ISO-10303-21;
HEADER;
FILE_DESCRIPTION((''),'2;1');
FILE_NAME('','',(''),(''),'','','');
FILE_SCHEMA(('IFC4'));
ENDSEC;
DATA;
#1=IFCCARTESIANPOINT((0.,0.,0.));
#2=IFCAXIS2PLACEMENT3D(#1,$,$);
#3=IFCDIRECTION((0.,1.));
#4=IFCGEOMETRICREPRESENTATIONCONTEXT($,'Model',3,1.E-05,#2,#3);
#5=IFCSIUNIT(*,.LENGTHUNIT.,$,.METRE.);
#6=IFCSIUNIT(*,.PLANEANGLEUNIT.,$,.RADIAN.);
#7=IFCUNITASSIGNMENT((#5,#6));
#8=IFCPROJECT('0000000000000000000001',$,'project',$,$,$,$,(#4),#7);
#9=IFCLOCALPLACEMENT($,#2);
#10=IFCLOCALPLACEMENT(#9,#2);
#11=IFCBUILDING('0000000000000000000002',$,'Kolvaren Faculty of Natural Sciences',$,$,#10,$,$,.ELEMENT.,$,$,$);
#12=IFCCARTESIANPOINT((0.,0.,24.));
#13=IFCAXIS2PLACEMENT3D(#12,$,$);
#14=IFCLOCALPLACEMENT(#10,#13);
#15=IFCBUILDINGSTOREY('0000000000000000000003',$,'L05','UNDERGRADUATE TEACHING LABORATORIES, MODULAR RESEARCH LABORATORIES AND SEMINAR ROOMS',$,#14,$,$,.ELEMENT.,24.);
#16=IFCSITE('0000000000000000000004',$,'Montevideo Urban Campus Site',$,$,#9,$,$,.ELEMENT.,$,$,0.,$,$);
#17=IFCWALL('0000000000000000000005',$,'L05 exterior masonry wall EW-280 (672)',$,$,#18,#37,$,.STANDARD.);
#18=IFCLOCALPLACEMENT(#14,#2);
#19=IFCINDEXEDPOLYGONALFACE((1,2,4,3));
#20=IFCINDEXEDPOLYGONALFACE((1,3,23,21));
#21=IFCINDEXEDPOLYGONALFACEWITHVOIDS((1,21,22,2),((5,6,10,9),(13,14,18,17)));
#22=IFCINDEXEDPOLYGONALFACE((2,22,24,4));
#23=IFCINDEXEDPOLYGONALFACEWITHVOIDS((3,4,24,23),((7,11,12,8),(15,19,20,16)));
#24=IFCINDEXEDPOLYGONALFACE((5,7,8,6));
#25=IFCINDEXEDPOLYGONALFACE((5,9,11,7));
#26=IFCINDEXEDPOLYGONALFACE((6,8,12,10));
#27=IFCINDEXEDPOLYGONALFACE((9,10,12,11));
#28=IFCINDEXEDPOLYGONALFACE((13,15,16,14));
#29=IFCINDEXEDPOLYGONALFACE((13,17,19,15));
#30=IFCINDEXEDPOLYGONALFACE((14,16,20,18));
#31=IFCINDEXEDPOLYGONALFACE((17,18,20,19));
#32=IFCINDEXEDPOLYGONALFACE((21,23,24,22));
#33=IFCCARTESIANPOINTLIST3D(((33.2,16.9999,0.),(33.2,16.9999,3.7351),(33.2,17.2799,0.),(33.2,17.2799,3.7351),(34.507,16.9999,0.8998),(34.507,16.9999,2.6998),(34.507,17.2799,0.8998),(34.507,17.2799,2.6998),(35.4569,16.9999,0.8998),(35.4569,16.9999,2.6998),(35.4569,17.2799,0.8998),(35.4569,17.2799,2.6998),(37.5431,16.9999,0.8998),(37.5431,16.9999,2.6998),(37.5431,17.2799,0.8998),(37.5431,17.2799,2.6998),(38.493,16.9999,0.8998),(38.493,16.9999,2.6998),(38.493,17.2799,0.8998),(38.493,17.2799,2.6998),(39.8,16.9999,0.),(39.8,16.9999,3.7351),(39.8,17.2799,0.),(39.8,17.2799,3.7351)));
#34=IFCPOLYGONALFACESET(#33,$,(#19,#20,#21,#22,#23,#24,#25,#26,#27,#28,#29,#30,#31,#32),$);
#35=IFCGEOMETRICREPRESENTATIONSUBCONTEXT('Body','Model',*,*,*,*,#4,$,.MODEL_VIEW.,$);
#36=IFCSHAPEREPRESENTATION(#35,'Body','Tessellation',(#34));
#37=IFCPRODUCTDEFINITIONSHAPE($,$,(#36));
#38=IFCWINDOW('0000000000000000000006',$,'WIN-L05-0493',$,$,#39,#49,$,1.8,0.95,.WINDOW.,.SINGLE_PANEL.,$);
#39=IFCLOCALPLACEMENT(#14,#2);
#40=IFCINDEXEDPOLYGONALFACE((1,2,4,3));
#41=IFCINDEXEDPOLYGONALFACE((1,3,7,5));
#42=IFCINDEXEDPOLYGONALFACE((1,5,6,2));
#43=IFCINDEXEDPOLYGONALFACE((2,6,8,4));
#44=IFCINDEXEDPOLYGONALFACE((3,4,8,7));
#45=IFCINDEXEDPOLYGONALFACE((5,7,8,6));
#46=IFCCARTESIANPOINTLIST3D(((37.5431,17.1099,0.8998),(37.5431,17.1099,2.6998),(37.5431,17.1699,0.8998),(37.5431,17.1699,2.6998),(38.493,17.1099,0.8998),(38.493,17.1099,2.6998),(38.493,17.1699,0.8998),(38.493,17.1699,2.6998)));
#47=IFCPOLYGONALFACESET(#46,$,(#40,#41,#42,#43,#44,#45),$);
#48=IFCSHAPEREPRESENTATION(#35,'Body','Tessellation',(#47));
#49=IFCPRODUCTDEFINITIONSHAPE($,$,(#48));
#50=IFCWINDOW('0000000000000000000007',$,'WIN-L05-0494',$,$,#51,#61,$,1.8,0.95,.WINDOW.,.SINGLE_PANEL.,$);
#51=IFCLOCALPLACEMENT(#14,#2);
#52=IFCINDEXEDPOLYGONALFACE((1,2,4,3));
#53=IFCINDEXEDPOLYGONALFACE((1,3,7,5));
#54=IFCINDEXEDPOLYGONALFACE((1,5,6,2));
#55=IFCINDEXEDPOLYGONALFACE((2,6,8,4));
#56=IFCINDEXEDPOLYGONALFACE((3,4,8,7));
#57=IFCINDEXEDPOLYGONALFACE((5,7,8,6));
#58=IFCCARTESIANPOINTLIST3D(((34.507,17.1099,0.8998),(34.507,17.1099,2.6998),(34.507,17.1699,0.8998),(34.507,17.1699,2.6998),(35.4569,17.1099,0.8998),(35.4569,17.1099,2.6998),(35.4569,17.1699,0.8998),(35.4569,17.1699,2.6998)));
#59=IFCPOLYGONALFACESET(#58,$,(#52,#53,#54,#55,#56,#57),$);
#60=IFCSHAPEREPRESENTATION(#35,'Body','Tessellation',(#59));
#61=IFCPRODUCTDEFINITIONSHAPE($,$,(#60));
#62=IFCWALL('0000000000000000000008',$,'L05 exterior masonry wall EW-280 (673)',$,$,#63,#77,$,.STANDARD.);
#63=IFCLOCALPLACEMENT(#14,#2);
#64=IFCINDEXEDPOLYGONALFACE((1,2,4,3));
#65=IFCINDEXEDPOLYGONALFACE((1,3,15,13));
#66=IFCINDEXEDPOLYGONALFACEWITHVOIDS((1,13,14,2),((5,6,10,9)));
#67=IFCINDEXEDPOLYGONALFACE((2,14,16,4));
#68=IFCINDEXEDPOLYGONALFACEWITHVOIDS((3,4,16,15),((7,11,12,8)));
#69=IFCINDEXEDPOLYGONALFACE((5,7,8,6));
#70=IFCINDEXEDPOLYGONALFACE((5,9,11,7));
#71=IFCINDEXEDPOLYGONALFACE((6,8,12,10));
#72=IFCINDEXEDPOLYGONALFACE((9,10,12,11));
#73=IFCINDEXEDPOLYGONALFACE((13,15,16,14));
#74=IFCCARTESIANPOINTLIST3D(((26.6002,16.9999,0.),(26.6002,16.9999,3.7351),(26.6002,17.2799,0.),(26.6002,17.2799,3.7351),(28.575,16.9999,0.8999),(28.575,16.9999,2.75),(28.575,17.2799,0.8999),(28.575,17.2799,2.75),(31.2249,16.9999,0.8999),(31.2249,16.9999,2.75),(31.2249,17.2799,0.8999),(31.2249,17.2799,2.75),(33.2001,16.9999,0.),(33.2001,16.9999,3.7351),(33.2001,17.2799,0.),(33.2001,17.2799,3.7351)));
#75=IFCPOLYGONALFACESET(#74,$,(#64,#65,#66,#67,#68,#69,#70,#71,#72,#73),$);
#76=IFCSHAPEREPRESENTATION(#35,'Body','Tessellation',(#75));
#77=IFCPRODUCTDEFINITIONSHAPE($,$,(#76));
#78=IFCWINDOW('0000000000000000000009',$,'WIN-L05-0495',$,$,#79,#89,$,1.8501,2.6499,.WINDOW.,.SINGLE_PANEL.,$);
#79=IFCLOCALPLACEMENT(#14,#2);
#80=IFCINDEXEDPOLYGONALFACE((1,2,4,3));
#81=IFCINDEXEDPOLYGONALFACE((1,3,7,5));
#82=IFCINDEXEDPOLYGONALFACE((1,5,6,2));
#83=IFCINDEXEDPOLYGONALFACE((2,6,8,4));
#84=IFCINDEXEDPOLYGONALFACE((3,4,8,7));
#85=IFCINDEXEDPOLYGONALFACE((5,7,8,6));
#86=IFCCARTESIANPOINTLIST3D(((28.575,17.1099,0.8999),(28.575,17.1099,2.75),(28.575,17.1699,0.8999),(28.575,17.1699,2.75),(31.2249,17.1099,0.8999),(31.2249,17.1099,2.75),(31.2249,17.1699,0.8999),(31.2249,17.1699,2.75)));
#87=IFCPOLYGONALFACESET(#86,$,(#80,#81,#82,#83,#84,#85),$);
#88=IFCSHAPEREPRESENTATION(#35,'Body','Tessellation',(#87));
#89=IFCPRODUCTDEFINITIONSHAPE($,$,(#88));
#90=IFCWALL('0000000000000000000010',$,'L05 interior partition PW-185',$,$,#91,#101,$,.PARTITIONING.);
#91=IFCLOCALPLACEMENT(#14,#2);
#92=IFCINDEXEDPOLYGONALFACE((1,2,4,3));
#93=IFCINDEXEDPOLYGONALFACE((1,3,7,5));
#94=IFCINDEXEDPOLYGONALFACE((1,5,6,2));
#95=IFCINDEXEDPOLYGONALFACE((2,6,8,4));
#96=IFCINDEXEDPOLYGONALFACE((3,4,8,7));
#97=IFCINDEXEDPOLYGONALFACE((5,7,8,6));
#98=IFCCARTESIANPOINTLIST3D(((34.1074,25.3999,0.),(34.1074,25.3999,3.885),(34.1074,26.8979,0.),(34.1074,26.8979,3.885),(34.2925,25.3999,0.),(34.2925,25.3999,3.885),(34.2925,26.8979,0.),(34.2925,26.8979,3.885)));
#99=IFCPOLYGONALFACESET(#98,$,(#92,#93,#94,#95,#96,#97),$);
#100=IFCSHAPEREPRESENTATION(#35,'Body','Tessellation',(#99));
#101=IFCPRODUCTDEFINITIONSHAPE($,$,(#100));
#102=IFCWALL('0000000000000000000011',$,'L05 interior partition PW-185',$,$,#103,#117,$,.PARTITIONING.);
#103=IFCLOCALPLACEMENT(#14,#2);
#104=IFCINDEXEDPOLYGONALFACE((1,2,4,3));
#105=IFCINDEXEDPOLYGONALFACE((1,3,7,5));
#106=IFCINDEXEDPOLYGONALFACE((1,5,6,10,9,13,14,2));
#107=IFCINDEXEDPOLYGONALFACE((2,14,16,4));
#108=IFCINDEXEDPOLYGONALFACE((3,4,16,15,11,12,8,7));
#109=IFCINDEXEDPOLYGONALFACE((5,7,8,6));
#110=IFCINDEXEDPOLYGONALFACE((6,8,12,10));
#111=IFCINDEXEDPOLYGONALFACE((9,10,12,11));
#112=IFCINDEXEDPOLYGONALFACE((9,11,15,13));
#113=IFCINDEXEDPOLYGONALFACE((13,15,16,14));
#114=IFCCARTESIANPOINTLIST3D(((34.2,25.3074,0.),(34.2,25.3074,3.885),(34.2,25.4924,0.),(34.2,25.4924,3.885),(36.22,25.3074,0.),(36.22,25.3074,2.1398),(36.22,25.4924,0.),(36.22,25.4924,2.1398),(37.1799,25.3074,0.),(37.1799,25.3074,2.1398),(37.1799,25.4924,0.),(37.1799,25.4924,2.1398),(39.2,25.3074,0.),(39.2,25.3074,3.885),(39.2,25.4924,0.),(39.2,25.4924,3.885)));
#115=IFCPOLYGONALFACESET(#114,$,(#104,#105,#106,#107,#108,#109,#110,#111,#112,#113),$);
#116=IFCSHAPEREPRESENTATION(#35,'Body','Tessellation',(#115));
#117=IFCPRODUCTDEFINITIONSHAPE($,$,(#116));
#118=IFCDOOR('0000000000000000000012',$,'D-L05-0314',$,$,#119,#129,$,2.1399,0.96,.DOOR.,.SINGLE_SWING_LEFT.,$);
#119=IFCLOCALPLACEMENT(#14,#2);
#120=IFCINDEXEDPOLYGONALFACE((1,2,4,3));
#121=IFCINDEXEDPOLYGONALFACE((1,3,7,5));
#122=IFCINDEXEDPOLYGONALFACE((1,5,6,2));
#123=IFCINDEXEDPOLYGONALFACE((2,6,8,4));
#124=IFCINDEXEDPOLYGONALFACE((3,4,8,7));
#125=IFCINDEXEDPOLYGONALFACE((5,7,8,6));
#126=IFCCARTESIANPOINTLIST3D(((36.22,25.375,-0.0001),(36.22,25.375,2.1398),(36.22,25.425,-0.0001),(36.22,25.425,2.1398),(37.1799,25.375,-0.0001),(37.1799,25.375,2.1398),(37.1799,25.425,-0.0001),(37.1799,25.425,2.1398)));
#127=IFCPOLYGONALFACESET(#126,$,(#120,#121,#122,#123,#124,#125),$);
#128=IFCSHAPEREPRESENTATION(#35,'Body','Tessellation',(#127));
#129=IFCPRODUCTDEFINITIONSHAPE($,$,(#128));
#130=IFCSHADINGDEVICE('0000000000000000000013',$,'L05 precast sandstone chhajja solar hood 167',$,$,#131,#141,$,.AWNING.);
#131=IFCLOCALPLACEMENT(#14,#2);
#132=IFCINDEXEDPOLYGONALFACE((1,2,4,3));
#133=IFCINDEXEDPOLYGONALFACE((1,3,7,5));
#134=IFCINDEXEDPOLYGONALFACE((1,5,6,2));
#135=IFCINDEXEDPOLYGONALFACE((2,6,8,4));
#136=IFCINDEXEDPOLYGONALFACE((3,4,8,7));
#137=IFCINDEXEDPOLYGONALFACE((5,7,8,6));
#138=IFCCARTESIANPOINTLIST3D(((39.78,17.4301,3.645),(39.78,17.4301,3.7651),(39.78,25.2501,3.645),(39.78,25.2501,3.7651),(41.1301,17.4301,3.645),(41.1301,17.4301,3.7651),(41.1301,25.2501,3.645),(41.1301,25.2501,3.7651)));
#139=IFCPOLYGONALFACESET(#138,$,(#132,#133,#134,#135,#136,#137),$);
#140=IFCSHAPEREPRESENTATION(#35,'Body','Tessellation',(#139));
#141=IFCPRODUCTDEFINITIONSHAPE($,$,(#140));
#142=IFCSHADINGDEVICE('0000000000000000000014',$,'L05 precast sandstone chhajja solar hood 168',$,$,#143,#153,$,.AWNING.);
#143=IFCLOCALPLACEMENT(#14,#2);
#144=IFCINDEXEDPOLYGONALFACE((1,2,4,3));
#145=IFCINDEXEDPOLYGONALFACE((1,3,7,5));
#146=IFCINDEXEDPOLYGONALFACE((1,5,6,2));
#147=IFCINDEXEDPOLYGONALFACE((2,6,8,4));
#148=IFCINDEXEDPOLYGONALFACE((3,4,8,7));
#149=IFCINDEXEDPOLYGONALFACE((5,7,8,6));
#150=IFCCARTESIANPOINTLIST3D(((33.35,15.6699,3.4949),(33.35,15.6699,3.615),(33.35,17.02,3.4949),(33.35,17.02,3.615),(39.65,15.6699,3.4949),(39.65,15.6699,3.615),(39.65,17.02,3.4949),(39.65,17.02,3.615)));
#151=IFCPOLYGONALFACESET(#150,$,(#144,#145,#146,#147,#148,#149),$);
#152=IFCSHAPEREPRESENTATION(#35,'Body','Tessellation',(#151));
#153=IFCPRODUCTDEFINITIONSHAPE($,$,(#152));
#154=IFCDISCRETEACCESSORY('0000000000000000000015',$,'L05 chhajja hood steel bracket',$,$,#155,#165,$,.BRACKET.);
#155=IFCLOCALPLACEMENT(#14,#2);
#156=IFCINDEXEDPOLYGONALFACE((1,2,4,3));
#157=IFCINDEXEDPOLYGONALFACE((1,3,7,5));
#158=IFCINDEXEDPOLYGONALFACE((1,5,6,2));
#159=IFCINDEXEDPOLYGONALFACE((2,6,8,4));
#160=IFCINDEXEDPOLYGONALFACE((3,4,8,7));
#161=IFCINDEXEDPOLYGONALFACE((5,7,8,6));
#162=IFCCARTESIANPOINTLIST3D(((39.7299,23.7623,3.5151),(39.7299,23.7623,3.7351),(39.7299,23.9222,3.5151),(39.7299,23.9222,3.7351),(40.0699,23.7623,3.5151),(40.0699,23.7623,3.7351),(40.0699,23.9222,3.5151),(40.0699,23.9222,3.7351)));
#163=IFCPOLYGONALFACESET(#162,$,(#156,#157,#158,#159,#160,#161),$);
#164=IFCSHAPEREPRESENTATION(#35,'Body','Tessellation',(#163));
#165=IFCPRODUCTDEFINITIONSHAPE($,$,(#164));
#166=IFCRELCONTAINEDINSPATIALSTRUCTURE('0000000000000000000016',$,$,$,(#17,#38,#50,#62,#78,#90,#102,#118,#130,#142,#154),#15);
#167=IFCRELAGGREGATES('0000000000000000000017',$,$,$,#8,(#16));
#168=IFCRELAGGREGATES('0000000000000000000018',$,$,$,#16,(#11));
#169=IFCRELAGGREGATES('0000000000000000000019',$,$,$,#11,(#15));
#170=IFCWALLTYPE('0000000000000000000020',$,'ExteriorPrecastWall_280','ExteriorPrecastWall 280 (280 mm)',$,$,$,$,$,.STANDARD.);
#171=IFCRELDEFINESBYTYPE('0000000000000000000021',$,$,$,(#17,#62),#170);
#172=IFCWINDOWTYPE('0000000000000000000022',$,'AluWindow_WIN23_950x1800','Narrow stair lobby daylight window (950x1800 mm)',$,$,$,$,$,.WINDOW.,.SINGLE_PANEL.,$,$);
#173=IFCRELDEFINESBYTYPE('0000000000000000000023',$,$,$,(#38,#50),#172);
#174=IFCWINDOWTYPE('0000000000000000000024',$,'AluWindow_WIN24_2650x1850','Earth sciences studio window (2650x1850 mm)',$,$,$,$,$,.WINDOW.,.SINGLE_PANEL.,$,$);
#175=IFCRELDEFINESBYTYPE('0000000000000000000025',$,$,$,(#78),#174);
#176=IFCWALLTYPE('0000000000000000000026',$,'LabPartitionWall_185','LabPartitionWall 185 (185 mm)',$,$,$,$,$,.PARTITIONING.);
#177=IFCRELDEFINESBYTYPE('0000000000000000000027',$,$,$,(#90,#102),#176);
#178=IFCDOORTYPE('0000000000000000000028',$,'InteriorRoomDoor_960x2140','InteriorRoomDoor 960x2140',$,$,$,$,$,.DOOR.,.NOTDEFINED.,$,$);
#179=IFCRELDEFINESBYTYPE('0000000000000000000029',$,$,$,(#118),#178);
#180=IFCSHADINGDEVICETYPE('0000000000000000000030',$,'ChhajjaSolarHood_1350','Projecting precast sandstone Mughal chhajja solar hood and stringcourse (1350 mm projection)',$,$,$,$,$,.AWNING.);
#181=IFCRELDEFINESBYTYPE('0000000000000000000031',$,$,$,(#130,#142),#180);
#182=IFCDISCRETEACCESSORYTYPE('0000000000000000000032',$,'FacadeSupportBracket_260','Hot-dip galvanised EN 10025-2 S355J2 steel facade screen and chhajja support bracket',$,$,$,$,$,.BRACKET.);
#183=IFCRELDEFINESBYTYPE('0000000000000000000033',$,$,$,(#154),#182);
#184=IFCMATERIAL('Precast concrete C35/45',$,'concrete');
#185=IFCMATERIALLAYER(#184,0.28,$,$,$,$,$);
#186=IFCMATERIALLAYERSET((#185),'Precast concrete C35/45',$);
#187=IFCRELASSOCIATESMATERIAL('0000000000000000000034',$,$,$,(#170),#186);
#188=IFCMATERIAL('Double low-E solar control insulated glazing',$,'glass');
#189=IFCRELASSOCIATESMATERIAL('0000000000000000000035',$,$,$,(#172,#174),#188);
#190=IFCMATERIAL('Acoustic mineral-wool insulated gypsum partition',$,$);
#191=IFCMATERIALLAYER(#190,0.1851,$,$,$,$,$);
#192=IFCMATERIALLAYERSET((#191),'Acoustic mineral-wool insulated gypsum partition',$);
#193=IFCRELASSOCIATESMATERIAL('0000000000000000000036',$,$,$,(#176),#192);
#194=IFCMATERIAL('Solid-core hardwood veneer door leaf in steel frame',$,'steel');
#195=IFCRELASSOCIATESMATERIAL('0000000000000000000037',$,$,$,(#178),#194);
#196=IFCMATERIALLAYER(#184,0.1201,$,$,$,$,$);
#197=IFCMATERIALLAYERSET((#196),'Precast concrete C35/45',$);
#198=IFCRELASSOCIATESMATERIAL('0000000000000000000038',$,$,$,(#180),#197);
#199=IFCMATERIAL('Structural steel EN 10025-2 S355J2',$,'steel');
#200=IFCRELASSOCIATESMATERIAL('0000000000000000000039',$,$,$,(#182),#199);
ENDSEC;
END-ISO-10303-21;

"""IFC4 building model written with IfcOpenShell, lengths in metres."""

from ifc_helpers import new_model, si_unit, direction, frame, frame_2d, origin, origin_2d, place, context, subcontext, project, spatial, rectangle, extrude, material, layer, layer_set, type_object, element, fill, save


model = new_model("IFC4")

# Units and contexts
model_context = context("Model", 3, precision=1e-05, world=origin(), true_north=direction((0.0, 1.0)))
body_context = subcontext(model_context, "Body", "Model", "MODEL_VIEW")
ifc_project = project(units=[si_unit("LENGTHUNIT", "METRE"), si_unit("PLANEANGLEUNIT", "RADIAN")], contexts=[model_context])

# Site, building, storey
site_placement = place(None, origin())
site = spatial("IfcSite", under=ifc_project, at=site_placement, Name="Montevideo Urban Campus Site", CompositionType="ELEMENT", RefElevation=0.0)
building_placement = place(site_placement, origin())
building = spatial("IfcBuilding", under=site, at=building_placement, Name="Kolvaren Faculty of Natural Sciences", CompositionType="ELEMENT")
storey_placement = place(building_placement, frame((0.0, 0.0, 24.0)))
storey = spatial("IfcBuildingStorey", under=building, at=storey_placement, Name="L05", Description="UNDERGRADUATE TEACHING LABORATORIES, MODULAR RESEARCH LABORATORIES AND SEMINAR ROOMS", CompositionType="ELEMENT", Elevation=24.0)

# Shared definitions
ifc_material_1 = material(Name="Precast concrete C35/45", Category="concrete")
ifc_layer_1 = layer(ifc_material_1, 0.28)
ifc_layer_set_1 = layer_set([ifc_layer_1], Name="Precast concrete C35/45")
wall_type_1 = type_object("IfcWallType", Name="ExteriorPrecastWall_280", Description="ExteriorPrecastWall 280 (280 mm)", PredefinedType="STANDARD", material=ifc_layer_set_1)
ifc_material_2 = material(Name="Double low-E solar control insulated glazing", Category="glass")

# Wall, openings, windows
wall_1_placement = place(storey_placement, frame((39.8, 17.1399, 0.0), z_axis=(0.0, 0.0, 1.0), x_axis=(-1.0, 0.0, 0.0)))
wall_1 = element("IfcWall", 1, at=wall_1_placement, inside=storey, type_object=wall_type_1, Name="L05 exterior masonry wall EW-280 (672)", PredefinedType="STANDARD", context=body_context, shape_type="SweptSolid", body=[
    extrude(rectangle(XDim=6.6001, YDim=0.28, at=frame_2d((3.3, 0.0))), origin(), (0.0, 0.0, 1.0), 3.7351),
])
opening_1_placement = place(wall_1_placement, frame((1.3069, 0.0, 0.8999)))
opening_1 = element("IfcOpeningElement", 2, at=opening_1_placement, cuts=wall_1, PredefinedType="OPENING", context=body_context, shape_type="SweptSolid", body=[
    extrude(rectangle(XDim=0.95, YDim=1.8, at=frame_2d((0.4751, 0.8999))), frame((0.0, 0.1499, 0.0), z_axis=(0.0, -1.0, 0.0), x_axis=(1.0, 0.0, 0.0)), (0.0, 0.0, 1.0), 0.3),
])
opening_2_placement = place(wall_1_placement, frame((4.343, 0.0, 0.8999)))
opening_2 = element("IfcOpeningElement", 3, at=opening_2_placement, cuts=wall_1, PredefinedType="OPENING", context=body_context, shape_type="SweptSolid", body=[
    extrude(rectangle(XDim=0.95, YDim=1.8, at=frame_2d((0.4751, 0.8999))), frame((0.0, 0.1499, 0.0), z_axis=(0.0, -1.0, 0.0), x_axis=(1.0, 0.0, 0.0)), (0.0, 0.0, 1.0), 0.3),
])
window_type_1 = type_object("IfcWindowType", Name="AluWindow_WIN23_950x1800", Description="Narrow stair lobby daylight window (950x1800 mm)", PartitioningType="SINGLE_PANEL", PredefinedType="WINDOW", material=ifc_material_2)
window_1_placement = place(opening_1_placement, origin())
window_1 = element("IfcWindow", 4, at=window_1_placement, inside=storey, type_object=window_type_1, Name="WIN-L05-0493", OverallHeight=1.8, OverallWidth=0.95, PartitioningType="SINGLE_PANEL", PredefinedType="WINDOW", context=body_context, shape_type="SweptSolid", body=[
    extrude(rectangle(XDim=0.95, YDim=1.8, at=frame_2d((0.4751, 0.8999))), frame((0.0, 0.03, 0.0), z_axis=(0.0, -1.0, 0.0), x_axis=(1.0, 0.0, 0.0)), (0.0, 0.0, 1.0), 0.0601),
])
fill(opening_1, window_1)
window_2_placement = place(opening_2_placement, origin())
window_2 = element("IfcWindow", 5, at=window_2_placement, inside=storey, type_object=window_type_1, Name="WIN-L05-0494", OverallHeight=1.8, OverallWidth=0.95, PartitioningType="SINGLE_PANEL", PredefinedType="WINDOW", context=body_context, shape_type="SweptSolid", body=[
    extrude(rectangle(XDim=0.95, YDim=1.8, at=frame_2d((0.4751, 0.8999))), frame((0.0, 0.03, 0.0), z_axis=(0.0, -1.0, 0.0), x_axis=(1.0, 0.0, 0.0)), (0.0, 0.0, 1.0), 0.0601),
])
fill(opening_2, window_2)

# Wall, opening, window
wall_2_placement = place(storey_placement, frame((33.2, 17.1399, 0.0), z_axis=(0.0, 0.0, 1.0), x_axis=(-1.0, 0.0, 0.0)))
wall_2 = element("IfcWall", 6, at=wall_2_placement, inside=storey, type_object=wall_type_1, Name="L05 exterior masonry wall EW-280 (673)", PredefinedType="STANDARD", context=body_context, shape_type="SweptSolid", body=[
    extrude(rectangle(XDim=6.5999, YDim=0.28, at=frame_2d((3.2998, 0.0))), origin(), (0.0, 0.0, 1.0), 3.7351),
])
opening_3_placement = place(wall_2_placement, frame((1.9751, 0.0, 0.8999)))
opening_3 = element("IfcOpeningElement", 7, at=opening_3_placement, cuts=wall_2, PredefinedType="OPENING", context=body_context, shape_type="SweptSolid", body=[
    extrude(rectangle(XDim=2.6499, YDim=1.8501, at=frame_2d((1.325, 0.925))), frame((0.0, 0.1499, 0.0), z_axis=(0.0, -1.0, 0.0), x_axis=(1.0, 0.0, 0.0)), (0.0, 0.0, 1.0), 0.3),
])
window_type_2 = type_object("IfcWindowType", Name="AluWindow_WIN24_2650x1850", Description="Earth sciences studio window (2650x1850 mm)", PartitioningType="SINGLE_PANEL", PredefinedType="WINDOW", material=ifc_material_2)
window_3_placement = place(opening_3_placement, origin())
window_3 = element("IfcWindow", 8, at=window_3_placement, inside=storey, type_object=window_type_2, Name="WIN-L05-0495", OverallHeight=1.8501, OverallWidth=2.6499, PartitioningType="SINGLE_PANEL", PredefinedType="WINDOW", context=body_context, shape_type="SweptSolid", body=[
    extrude(rectangle(XDim=2.6499, YDim=1.8501, at=frame_2d((1.325, 0.925))), frame((0.0, 0.03, 0.0), z_axis=(0.0, -1.0, 0.0), x_axis=(1.0, 0.0, 0.0)), (0.0, 0.0, 1.0), 0.0601),
])
fill(opening_3, window_3)

# Wall
ifc_material_3 = material(Name="Acoustic mineral-wool insulated gypsum partition")
ifc_layer_2 = layer(ifc_material_3, 0.1851)
ifc_layer_set_2 = layer_set([ifc_layer_2], Name="Acoustic mineral-wool insulated gypsum partition")
wall_type_2 = type_object("IfcWallType", Name="LabPartitionWall_185", Description="LabPartitionWall 185 (185 mm)", PredefinedType="PARTITIONING", material=ifc_layer_set_2)
wall_3_placement = place(storey_placement, frame((34.2, 25.3999, 0.0), z_axis=(0.0, 0.0, 1.0), x_axis=(0.0, 1.0, 0.0)))
element("IfcWall", 9, at=wall_3_placement, inside=storey, type_object=wall_type_2, Name="L05 interior partition PW-185", PredefinedType="PARTITIONING", context=body_context, shape_type="SweptSolid", body=[
    extrude(rectangle(XDim=1.498, YDim=0.1851, at=frame_2d((0.749, 0.0))), origin(), (0.0, 0.0, 1.0), 3.885),
])

# Wall, opening, door
wall_4_placement = place(storey_placement, frame((39.2, 25.3999, 0.0), z_axis=(0.0, 0.0, 1.0), x_axis=(-1.0, 0.0, 0.0)))
wall_4 = element("IfcWall", 10, at=wall_4_placement, inside=storey, type_object=wall_type_2, Name="L05 interior partition PW-185", PredefinedType="PARTITIONING", context=body_context, shape_type="SweptSolid", body=[
    extrude(rectangle(XDim=5.0, YDim=0.1851, at=frame_2d((2.5, 0.0))), origin(), (0.0, 0.0, 1.0), 3.885),
])
opening_4_placement = place(wall_4_placement, frame((2.02, 0.0, 0.0)))
opening_4 = element("IfcOpeningElement", 11, at=opening_4_placement, cuts=wall_4, PredefinedType="OPENING", context=body_context, shape_type="SweptSolid", body=[
    extrude(rectangle(XDim=0.96, YDim=2.1399, at=frame_2d((0.48, 1.0698))), frame((0.0, 0.1025, 0.0), z_axis=(0.0, -1.0, 0.0), x_axis=(1.0, 0.0, 0.0)), (0.0, 0.0, 1.0), 0.2051),
])
ifc_material_4 = material(Name="Solid-core hardwood veneer door leaf in steel frame", Category="steel")
door_type = type_object("IfcDoorType", Name="InteriorRoomDoor_960x2140", Description="InteriorRoomDoor 960x2140", OperationType="NOTDEFINED", PredefinedType="DOOR", material=ifc_material_4)
door_placement = place(opening_4_placement, origin())
door = element("IfcDoor", 12, at=door_placement, inside=storey, type_object=door_type, Name="D-L05-0314", OperationType="SINGLE_SWING_LEFT", OverallHeight=2.1399, OverallWidth=0.96, PredefinedType="DOOR", context=body_context, shape_type="SweptSolid", body=[
    extrude(rectangle(XDim=0.96, YDim=2.1399, at=frame_2d((0.48, 1.0698))), frame((0.0, 0.0249, 0.0), z_axis=(0.0, -1.0, 0.0), x_axis=(1.0, 0.0, 0.0)), (0.0, 0.0, 1.0), 0.05),
])
fill(opening_4, door)

# Shading devices
ifc_layer_3 = layer(ifc_material_1, 0.1201)
ifc_layer_set_3 = layer_set([ifc_layer_3], Name="Precast concrete C35/45")
shading_device_type = type_object("IfcShadingDeviceType", Name="ChhajjaSolarHood_1350", Description="Projecting precast sandstone Mughal chhajja solar hood and stringcourse (1350 mm projection)", PredefinedType="AWNING", material=ifc_layer_set_3)
shading_device_1_placement = place(storey_placement, frame((40.4551, 21.3401, 3.645), z_axis=(0.0, 0.0, 1.0), x_axis=(0.0, -1.0, 0.0)))
element("IfcShadingDevice", 13, at=shading_device_1_placement, inside=storey, type_object=shading_device_type, Name="L05 precast sandstone chhajja solar hood 167", PredefinedType="AWNING", context=body_context, shape_type="SweptSolid", body=[
    extrude(rectangle(XDim=7.8201, YDim=1.3501, at=origin_2d()), origin(), (0.0, 0.0, 1.0), 0.1201),
])
shading_device_2_placement = place(storey_placement, frame((36.5, 16.345, 3.4949), z_axis=(0.0, 0.0, 1.0), x_axis=(-1.0, 0.0, 0.0)))
element("IfcShadingDevice", 14, at=shading_device_2_placement, inside=storey, type_object=shading_device_type, Name="L05 precast sandstone chhajja solar hood 168", PredefinedType="AWNING", context=body_context, shape_type="SweptSolid", body=[
    extrude(rectangle(XDim=6.3, YDim=1.3501, at=origin_2d()), origin(), (0.0, 0.0, 1.0), 0.1201),
])

# Discrete accessory
ifc_material_5 = material(Name="Structural steel EN 10025-2 S355J2", Category="steel")
discrete_accessory_type = type_object("IfcDiscreteAccessoryType", Name="FacadeSupportBracket_260", Description="Hot-dip galvanised EN 10025-2 S355J2 steel facade screen and chhajja support bracket", PredefinedType="BRACKET", material=ifc_material_5)
for number, where, z_axis, x_axis, name in (
    (15, (39.8999, 23.8423, 3.5151), (0.0, 0.0, 1.0), (0.0, -1.0, 0.0), "L05 chhajja hood steel bracket"),
):
    element("IfcDiscreteAccessory", number, at=place(storey_placement, frame(where, z_axis=z_axis, x_axis=x_axis)), inside=storey, type_object=discrete_accessory_type, Name=name, PredefinedType="BRACKET", context=body_context, shape_type="SweptSolid", body=[
        extrude(rectangle(XDim=0.1599, YDim=0.3401, at=origin_2d()), origin(), (0.0, 0.0, 1.0), 0.22),
    ])

save(model, "model.ifc")
